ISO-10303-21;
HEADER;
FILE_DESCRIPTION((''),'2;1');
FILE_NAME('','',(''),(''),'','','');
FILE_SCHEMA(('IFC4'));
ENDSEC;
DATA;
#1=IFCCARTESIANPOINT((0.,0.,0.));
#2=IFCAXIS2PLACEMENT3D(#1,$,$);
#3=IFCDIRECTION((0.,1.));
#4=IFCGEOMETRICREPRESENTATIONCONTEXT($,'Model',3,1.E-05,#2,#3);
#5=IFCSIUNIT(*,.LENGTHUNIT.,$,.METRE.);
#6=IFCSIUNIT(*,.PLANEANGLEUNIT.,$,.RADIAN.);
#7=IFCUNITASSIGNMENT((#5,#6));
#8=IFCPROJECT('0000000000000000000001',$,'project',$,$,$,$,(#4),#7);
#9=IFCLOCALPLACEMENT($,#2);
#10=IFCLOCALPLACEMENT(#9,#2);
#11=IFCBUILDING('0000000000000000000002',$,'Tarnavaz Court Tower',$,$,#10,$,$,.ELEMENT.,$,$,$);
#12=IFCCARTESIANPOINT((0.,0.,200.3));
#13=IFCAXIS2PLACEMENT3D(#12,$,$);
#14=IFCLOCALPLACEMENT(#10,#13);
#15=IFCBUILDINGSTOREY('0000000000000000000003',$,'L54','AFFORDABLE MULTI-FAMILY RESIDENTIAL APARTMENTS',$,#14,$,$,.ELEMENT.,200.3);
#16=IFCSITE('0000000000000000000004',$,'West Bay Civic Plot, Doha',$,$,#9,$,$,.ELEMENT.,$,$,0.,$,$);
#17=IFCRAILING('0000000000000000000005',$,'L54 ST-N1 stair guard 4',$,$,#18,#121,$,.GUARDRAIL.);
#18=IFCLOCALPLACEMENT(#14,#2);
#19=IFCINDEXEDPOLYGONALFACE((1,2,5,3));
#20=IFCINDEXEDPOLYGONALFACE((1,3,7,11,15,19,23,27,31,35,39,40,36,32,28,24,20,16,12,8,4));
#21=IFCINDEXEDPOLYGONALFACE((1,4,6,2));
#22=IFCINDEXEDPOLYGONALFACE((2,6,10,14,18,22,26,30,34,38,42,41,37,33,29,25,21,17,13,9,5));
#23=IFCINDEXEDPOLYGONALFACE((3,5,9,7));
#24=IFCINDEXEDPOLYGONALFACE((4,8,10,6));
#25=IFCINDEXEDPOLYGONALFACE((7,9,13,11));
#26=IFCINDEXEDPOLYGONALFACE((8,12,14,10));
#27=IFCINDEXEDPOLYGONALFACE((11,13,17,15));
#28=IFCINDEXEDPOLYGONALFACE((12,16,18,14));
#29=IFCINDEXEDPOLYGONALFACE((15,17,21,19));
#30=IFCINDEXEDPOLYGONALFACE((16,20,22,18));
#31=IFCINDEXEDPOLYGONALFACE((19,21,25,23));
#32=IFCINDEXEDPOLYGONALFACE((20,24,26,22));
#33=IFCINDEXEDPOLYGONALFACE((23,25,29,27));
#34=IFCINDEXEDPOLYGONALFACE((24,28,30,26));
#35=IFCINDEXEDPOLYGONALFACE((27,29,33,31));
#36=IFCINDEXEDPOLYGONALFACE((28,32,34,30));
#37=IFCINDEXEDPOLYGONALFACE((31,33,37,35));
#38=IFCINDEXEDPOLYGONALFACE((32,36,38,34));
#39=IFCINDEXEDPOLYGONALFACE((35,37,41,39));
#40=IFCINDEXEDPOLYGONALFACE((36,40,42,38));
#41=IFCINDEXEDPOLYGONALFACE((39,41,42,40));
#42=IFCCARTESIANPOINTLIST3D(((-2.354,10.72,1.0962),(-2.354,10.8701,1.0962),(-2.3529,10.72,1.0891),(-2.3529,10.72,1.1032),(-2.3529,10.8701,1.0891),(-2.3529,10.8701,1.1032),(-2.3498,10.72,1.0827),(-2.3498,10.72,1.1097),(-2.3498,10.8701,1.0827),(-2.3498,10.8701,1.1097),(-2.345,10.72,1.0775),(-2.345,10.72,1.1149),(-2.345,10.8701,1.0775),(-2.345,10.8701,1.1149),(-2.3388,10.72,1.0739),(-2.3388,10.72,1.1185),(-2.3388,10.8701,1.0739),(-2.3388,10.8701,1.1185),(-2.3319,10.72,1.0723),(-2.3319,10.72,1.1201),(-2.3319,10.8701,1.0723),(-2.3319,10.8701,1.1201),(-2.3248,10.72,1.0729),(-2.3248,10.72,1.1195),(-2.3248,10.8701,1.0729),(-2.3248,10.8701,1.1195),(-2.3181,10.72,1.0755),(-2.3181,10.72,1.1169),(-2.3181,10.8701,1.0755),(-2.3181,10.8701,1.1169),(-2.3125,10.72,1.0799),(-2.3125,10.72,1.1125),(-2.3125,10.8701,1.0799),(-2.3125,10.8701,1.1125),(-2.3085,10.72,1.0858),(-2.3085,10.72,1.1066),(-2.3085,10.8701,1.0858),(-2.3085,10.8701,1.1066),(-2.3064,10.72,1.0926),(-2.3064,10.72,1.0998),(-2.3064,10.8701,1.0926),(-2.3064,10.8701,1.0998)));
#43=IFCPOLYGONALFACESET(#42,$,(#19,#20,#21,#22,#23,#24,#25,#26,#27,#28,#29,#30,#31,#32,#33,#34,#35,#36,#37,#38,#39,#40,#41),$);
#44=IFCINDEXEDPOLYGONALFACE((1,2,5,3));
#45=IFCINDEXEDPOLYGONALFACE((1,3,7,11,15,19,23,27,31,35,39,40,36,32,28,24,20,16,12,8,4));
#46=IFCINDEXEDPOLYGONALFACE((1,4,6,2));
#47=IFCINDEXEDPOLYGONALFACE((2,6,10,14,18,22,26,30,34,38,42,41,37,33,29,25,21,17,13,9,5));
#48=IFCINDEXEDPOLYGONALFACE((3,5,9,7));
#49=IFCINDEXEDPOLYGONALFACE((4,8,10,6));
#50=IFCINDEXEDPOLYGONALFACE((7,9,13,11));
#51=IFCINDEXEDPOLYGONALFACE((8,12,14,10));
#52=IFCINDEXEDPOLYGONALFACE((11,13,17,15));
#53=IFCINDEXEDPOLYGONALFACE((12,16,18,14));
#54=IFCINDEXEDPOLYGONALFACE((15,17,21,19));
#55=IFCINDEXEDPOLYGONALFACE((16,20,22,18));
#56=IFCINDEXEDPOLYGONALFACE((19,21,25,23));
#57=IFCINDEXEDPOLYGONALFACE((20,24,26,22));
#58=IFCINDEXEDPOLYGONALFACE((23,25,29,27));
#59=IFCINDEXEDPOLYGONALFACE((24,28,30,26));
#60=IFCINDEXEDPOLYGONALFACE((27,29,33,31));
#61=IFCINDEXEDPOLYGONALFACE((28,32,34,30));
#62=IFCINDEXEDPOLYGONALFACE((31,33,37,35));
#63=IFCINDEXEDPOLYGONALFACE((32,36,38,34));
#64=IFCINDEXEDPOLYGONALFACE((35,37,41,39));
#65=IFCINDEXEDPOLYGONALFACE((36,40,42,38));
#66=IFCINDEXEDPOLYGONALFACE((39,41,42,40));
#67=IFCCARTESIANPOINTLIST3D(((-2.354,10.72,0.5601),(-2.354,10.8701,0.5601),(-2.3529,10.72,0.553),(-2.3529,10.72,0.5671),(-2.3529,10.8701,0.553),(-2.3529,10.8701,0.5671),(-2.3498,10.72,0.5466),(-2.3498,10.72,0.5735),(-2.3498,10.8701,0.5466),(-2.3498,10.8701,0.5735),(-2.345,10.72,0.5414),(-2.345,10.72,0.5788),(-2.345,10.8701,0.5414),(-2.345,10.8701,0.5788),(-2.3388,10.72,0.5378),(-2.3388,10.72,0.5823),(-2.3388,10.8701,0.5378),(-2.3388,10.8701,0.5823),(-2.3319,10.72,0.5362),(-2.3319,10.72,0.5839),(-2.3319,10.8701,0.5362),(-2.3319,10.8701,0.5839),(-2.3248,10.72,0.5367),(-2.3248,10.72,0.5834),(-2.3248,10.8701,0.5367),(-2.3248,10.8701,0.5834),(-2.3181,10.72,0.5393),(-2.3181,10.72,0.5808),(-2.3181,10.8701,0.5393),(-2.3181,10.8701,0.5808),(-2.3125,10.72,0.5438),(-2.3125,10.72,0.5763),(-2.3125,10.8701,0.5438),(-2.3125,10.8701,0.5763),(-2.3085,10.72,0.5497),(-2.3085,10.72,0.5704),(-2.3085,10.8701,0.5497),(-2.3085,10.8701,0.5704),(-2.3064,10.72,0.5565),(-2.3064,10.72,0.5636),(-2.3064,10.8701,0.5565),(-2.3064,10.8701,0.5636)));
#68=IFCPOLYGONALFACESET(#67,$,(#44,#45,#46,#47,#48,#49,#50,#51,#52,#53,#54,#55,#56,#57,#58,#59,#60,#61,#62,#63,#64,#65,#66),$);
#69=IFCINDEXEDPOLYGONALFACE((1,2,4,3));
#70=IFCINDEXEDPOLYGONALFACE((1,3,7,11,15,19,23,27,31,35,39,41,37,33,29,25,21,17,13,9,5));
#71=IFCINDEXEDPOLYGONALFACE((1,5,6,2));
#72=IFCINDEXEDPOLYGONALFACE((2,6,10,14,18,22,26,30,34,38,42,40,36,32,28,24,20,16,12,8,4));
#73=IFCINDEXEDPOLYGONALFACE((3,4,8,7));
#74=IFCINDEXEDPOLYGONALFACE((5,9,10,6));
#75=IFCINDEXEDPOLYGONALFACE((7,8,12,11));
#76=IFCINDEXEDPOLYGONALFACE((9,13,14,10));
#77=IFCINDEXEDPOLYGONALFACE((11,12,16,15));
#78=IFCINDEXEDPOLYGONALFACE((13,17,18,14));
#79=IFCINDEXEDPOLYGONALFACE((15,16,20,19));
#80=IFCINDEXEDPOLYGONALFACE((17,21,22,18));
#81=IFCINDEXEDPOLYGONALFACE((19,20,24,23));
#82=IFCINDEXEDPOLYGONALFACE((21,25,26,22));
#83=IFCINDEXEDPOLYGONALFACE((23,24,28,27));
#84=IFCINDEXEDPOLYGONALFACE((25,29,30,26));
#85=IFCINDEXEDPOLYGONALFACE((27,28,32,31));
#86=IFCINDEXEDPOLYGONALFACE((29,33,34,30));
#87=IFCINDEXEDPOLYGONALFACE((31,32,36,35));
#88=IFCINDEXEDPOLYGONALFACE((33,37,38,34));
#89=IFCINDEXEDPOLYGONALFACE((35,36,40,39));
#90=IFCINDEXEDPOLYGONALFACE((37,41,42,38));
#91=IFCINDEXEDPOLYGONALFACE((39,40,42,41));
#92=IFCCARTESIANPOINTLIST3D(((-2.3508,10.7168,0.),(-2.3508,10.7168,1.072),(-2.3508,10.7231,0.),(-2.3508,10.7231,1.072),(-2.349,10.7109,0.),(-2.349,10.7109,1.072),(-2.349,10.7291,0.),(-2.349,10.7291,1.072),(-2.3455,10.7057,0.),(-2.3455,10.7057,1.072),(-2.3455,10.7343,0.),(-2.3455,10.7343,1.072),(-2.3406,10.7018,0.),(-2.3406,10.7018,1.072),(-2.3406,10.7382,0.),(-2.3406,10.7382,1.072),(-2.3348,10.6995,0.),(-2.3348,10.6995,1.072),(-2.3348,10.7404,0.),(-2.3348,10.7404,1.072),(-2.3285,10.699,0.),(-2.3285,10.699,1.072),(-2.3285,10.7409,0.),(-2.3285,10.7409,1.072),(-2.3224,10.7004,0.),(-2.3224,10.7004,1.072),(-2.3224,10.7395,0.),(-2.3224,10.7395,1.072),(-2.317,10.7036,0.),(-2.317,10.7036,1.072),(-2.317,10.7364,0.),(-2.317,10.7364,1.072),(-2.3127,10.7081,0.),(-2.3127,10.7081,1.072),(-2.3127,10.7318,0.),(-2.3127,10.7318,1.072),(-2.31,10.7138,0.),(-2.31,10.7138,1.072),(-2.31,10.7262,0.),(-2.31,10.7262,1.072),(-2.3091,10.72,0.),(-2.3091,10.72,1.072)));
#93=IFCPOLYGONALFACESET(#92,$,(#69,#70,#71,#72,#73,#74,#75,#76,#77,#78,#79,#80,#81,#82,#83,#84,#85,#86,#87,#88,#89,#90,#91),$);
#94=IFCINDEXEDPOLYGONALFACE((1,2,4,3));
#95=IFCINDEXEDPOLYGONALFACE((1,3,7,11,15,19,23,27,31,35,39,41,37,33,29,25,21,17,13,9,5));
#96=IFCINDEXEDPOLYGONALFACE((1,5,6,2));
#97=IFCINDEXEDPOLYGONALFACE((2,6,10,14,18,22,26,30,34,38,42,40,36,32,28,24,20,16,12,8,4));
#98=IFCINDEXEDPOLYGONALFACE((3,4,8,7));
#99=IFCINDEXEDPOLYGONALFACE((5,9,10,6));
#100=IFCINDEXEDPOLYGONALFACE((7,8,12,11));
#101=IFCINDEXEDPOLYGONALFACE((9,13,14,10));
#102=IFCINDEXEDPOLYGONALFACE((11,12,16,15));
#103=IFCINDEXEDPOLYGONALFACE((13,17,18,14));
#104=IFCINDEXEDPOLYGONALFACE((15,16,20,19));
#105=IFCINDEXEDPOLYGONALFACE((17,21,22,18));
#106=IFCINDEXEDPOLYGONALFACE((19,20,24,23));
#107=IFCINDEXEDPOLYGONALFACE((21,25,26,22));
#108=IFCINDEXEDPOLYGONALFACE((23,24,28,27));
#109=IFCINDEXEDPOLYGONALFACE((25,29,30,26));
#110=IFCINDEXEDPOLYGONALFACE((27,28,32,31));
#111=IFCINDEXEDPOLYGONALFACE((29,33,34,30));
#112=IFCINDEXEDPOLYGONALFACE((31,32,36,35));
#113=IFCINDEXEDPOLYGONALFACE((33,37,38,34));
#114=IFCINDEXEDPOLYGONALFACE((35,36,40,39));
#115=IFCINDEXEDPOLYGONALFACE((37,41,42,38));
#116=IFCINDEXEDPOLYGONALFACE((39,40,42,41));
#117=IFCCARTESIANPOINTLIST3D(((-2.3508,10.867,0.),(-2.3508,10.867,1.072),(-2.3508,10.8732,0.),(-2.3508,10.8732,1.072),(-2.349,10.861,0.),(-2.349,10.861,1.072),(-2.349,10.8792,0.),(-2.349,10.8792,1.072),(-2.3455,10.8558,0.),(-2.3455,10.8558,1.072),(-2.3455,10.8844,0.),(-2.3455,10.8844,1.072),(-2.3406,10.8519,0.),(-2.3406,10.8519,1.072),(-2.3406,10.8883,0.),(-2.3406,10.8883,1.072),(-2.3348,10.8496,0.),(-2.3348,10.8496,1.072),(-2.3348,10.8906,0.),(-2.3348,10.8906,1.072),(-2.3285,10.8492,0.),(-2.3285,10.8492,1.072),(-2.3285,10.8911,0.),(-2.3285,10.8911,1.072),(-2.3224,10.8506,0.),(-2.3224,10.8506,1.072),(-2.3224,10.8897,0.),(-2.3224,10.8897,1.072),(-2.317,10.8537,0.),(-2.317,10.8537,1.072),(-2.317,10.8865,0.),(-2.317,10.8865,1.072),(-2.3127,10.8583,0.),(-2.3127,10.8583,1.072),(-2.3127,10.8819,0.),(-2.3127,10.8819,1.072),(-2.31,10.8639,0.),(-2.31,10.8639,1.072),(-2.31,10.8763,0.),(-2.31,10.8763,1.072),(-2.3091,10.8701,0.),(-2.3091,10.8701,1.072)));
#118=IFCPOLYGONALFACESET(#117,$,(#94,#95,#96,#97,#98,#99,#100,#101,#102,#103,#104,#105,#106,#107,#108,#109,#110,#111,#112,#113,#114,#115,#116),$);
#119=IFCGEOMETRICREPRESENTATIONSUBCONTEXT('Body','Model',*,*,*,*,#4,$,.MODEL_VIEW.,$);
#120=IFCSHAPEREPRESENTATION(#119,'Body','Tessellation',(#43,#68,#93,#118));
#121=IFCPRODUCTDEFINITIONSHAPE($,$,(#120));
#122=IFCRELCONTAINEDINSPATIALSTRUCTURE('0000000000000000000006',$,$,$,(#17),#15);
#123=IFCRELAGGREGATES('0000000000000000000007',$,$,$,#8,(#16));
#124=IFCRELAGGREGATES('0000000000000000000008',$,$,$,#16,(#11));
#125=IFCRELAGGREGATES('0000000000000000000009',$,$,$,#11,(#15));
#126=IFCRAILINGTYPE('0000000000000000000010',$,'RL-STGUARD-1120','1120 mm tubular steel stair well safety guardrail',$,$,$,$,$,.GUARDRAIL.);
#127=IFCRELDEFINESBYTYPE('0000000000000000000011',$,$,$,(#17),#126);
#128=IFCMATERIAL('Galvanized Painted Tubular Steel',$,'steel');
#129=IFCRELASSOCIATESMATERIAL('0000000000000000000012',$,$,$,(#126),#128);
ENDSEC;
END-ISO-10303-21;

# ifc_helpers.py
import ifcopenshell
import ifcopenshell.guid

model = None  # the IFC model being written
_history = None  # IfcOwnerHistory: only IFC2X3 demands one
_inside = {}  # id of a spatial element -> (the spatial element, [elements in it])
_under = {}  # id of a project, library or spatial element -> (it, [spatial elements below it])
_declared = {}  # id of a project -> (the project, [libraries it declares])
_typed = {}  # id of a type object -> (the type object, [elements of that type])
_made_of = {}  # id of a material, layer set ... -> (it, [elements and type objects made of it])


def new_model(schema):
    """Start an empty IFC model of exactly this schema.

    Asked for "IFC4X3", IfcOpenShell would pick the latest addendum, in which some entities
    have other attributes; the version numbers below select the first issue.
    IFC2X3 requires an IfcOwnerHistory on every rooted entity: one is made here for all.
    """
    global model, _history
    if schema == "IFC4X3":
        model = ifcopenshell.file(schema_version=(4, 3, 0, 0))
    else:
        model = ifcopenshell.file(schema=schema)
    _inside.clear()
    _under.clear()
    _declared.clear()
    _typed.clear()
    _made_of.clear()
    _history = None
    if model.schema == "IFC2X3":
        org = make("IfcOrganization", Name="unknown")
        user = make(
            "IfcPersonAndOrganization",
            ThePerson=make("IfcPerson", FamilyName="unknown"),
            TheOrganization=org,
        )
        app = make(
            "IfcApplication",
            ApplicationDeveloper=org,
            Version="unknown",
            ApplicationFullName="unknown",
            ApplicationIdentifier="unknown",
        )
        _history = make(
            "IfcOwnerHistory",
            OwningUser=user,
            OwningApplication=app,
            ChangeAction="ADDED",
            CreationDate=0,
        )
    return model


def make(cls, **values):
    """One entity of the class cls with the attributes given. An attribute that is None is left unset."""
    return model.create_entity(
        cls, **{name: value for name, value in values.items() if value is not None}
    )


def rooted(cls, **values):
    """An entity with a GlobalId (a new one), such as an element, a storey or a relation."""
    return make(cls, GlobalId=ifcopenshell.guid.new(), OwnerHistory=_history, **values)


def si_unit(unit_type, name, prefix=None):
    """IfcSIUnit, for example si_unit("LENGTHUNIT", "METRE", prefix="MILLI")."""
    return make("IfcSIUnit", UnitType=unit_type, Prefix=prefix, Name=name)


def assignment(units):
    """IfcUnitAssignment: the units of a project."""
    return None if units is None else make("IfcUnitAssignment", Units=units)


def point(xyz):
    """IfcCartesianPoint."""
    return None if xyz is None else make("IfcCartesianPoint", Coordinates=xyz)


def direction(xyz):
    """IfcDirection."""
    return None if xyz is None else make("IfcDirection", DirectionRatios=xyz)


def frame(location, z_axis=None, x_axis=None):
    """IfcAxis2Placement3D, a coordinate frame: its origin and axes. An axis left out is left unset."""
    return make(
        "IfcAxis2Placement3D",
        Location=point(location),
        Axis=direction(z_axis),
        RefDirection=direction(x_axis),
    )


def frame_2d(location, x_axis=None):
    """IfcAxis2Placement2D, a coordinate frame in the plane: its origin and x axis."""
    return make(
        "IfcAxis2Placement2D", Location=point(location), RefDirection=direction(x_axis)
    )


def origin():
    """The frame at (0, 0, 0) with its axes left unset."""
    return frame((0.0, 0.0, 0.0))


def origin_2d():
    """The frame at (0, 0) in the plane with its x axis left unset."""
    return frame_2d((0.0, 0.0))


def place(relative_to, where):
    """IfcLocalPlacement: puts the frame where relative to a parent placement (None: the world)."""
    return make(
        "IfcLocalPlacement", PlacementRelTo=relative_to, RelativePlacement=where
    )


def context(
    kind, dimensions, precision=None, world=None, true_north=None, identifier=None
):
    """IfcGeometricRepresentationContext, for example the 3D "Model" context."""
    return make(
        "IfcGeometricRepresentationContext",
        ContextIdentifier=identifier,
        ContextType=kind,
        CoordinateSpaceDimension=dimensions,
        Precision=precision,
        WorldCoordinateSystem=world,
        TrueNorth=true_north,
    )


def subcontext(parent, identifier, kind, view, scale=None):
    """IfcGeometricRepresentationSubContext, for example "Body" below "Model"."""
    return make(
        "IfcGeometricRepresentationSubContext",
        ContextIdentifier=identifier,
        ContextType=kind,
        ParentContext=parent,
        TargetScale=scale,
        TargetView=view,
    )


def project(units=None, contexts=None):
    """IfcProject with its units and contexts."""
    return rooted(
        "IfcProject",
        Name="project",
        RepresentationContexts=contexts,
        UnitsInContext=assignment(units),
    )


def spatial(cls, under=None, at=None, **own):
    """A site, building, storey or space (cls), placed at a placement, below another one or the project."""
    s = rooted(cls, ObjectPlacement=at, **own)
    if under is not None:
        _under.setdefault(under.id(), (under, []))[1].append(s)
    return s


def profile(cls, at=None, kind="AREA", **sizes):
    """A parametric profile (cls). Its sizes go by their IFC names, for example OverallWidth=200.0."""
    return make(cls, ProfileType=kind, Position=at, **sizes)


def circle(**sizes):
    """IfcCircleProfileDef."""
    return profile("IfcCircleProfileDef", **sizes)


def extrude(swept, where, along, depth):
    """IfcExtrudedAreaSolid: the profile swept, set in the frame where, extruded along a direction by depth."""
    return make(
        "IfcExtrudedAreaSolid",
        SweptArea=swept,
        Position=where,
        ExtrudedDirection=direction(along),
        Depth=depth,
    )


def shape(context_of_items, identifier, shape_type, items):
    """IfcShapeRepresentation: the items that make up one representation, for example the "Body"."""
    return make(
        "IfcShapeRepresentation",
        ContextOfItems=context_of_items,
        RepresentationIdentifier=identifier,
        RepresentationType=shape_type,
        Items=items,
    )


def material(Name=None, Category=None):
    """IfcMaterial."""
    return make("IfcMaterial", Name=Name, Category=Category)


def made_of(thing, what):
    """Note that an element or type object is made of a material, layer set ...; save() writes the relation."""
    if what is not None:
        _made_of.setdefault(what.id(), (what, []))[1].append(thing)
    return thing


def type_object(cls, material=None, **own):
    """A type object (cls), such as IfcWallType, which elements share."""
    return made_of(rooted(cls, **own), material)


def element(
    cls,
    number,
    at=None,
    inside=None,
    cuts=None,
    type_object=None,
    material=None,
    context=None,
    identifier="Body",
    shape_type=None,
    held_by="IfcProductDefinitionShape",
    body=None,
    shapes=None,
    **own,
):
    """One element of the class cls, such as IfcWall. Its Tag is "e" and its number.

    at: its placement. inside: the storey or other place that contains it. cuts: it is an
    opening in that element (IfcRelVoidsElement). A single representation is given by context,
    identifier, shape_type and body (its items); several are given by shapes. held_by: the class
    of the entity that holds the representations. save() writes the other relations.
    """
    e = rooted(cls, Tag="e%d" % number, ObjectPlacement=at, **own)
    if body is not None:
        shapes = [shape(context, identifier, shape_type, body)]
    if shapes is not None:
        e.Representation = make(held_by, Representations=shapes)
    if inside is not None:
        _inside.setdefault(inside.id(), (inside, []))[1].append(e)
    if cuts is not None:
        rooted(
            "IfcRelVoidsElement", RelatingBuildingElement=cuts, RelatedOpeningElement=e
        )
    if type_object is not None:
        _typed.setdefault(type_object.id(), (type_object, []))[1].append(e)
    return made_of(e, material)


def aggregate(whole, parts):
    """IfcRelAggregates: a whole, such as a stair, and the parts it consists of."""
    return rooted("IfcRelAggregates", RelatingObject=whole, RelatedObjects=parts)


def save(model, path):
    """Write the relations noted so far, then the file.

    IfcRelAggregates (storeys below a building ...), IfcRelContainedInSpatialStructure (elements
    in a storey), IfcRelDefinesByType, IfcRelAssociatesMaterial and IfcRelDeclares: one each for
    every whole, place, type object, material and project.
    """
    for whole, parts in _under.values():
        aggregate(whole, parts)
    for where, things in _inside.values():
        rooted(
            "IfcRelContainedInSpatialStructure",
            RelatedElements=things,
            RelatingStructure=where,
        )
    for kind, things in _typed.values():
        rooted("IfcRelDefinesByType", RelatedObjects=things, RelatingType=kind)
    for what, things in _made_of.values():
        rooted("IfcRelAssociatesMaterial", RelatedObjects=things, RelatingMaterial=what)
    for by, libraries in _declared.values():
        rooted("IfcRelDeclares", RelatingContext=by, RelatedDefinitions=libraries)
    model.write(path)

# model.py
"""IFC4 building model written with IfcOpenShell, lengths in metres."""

from ifc_helpers import new_model, si_unit, direction, frame, origin, origin_2d, place, context, subcontext, project, spatial, circle, extrude, material, type_object, element, save


model = new_model("IFC4")

# Units and contexts
model_context = context("Model", 3, precision=1e-05, world=origin(), true_north=direction((0.0, 1.0)))
body_context = subcontext(model_context, "Body", "Model", "MODEL_VIEW")
ifc_project = project(units=[si_unit("LENGTHUNIT", "METRE"), si_unit("PLANEANGLEUNIT", "RADIAN")], contexts=[model_context])

# Site, building, storey
site_placement = place(None, origin())
site = spatial("IfcSite", under=ifc_project, at=site_placement, Name="West Bay Civic Plot, Doha", CompositionType="ELEMENT", RefElevation=0.0)
building_placement = place(site_placement, origin())
building = spatial("IfcBuilding", under=site, at=building_placement, Name="Tarnavaz Court Tower", CompositionType="ELEMENT")
storey_placement = place(building_placement, frame((0.0, 0.0, 200.3)))
storey = spatial("IfcBuildingStorey", under=building, at=storey_placement, Name="L54", Description="AFFORDABLE MULTI-FAMILY RESIDENTIAL APARTMENTS", CompositionType="ELEMENT", Elevation=200.3)

# Railing
ifc_material_1 = material(Name="Galvanized Painted Tubular Steel", Category="steel")
railing_type_1 = type_object("IfcRailingType", Name="RL-STGUARD-1120", Description="1120 mm tubular steel stair well safety guardrail", PredefinedType="GUARDRAIL", material=ifc_material_1)
railing_1_placement = place(storey_placement, frame((-2.3301, 10.72, 0.0)))
element("IfcRailing", 1, at=railing_1_placement, inside=storey, type_object=railing_type_1, Name="L54 ST-N1 stair guard 4", PredefinedType="GUARDRAIL", context=body_context, shape_type="SweptSolid", body=[
    extrude(circle(Radius=0.0239, at=origin_2d()), frame((0.0, 0.0, 1.0962), z_axis=(0.0, 1.0, 0.0), x_axis=(-1.0, 0.0, 0.0)), (0.0, 0.0, 1.0), 0.1501),
    extrude(circle(Radius=0.0239, at=origin_2d()), frame((0.0, 0.0, 0.5601), z_axis=(0.0, 1.0, 0.0), x_axis=(-1.0, 0.0, 0.0)), (0.0, 0.0, 1.0), 0.1501),
    extrude(circle(Radius=0.021, at=origin_2d()), origin(), (0.0, 0.0, 1.0), 1.072),
    extrude(circle(Radius=0.021, at=origin_2d()), frame((0.0, 0.1501, 0.0)), (0.0, 0.0, 1.0), 1.072),
])

save(model, "model.ifc")
